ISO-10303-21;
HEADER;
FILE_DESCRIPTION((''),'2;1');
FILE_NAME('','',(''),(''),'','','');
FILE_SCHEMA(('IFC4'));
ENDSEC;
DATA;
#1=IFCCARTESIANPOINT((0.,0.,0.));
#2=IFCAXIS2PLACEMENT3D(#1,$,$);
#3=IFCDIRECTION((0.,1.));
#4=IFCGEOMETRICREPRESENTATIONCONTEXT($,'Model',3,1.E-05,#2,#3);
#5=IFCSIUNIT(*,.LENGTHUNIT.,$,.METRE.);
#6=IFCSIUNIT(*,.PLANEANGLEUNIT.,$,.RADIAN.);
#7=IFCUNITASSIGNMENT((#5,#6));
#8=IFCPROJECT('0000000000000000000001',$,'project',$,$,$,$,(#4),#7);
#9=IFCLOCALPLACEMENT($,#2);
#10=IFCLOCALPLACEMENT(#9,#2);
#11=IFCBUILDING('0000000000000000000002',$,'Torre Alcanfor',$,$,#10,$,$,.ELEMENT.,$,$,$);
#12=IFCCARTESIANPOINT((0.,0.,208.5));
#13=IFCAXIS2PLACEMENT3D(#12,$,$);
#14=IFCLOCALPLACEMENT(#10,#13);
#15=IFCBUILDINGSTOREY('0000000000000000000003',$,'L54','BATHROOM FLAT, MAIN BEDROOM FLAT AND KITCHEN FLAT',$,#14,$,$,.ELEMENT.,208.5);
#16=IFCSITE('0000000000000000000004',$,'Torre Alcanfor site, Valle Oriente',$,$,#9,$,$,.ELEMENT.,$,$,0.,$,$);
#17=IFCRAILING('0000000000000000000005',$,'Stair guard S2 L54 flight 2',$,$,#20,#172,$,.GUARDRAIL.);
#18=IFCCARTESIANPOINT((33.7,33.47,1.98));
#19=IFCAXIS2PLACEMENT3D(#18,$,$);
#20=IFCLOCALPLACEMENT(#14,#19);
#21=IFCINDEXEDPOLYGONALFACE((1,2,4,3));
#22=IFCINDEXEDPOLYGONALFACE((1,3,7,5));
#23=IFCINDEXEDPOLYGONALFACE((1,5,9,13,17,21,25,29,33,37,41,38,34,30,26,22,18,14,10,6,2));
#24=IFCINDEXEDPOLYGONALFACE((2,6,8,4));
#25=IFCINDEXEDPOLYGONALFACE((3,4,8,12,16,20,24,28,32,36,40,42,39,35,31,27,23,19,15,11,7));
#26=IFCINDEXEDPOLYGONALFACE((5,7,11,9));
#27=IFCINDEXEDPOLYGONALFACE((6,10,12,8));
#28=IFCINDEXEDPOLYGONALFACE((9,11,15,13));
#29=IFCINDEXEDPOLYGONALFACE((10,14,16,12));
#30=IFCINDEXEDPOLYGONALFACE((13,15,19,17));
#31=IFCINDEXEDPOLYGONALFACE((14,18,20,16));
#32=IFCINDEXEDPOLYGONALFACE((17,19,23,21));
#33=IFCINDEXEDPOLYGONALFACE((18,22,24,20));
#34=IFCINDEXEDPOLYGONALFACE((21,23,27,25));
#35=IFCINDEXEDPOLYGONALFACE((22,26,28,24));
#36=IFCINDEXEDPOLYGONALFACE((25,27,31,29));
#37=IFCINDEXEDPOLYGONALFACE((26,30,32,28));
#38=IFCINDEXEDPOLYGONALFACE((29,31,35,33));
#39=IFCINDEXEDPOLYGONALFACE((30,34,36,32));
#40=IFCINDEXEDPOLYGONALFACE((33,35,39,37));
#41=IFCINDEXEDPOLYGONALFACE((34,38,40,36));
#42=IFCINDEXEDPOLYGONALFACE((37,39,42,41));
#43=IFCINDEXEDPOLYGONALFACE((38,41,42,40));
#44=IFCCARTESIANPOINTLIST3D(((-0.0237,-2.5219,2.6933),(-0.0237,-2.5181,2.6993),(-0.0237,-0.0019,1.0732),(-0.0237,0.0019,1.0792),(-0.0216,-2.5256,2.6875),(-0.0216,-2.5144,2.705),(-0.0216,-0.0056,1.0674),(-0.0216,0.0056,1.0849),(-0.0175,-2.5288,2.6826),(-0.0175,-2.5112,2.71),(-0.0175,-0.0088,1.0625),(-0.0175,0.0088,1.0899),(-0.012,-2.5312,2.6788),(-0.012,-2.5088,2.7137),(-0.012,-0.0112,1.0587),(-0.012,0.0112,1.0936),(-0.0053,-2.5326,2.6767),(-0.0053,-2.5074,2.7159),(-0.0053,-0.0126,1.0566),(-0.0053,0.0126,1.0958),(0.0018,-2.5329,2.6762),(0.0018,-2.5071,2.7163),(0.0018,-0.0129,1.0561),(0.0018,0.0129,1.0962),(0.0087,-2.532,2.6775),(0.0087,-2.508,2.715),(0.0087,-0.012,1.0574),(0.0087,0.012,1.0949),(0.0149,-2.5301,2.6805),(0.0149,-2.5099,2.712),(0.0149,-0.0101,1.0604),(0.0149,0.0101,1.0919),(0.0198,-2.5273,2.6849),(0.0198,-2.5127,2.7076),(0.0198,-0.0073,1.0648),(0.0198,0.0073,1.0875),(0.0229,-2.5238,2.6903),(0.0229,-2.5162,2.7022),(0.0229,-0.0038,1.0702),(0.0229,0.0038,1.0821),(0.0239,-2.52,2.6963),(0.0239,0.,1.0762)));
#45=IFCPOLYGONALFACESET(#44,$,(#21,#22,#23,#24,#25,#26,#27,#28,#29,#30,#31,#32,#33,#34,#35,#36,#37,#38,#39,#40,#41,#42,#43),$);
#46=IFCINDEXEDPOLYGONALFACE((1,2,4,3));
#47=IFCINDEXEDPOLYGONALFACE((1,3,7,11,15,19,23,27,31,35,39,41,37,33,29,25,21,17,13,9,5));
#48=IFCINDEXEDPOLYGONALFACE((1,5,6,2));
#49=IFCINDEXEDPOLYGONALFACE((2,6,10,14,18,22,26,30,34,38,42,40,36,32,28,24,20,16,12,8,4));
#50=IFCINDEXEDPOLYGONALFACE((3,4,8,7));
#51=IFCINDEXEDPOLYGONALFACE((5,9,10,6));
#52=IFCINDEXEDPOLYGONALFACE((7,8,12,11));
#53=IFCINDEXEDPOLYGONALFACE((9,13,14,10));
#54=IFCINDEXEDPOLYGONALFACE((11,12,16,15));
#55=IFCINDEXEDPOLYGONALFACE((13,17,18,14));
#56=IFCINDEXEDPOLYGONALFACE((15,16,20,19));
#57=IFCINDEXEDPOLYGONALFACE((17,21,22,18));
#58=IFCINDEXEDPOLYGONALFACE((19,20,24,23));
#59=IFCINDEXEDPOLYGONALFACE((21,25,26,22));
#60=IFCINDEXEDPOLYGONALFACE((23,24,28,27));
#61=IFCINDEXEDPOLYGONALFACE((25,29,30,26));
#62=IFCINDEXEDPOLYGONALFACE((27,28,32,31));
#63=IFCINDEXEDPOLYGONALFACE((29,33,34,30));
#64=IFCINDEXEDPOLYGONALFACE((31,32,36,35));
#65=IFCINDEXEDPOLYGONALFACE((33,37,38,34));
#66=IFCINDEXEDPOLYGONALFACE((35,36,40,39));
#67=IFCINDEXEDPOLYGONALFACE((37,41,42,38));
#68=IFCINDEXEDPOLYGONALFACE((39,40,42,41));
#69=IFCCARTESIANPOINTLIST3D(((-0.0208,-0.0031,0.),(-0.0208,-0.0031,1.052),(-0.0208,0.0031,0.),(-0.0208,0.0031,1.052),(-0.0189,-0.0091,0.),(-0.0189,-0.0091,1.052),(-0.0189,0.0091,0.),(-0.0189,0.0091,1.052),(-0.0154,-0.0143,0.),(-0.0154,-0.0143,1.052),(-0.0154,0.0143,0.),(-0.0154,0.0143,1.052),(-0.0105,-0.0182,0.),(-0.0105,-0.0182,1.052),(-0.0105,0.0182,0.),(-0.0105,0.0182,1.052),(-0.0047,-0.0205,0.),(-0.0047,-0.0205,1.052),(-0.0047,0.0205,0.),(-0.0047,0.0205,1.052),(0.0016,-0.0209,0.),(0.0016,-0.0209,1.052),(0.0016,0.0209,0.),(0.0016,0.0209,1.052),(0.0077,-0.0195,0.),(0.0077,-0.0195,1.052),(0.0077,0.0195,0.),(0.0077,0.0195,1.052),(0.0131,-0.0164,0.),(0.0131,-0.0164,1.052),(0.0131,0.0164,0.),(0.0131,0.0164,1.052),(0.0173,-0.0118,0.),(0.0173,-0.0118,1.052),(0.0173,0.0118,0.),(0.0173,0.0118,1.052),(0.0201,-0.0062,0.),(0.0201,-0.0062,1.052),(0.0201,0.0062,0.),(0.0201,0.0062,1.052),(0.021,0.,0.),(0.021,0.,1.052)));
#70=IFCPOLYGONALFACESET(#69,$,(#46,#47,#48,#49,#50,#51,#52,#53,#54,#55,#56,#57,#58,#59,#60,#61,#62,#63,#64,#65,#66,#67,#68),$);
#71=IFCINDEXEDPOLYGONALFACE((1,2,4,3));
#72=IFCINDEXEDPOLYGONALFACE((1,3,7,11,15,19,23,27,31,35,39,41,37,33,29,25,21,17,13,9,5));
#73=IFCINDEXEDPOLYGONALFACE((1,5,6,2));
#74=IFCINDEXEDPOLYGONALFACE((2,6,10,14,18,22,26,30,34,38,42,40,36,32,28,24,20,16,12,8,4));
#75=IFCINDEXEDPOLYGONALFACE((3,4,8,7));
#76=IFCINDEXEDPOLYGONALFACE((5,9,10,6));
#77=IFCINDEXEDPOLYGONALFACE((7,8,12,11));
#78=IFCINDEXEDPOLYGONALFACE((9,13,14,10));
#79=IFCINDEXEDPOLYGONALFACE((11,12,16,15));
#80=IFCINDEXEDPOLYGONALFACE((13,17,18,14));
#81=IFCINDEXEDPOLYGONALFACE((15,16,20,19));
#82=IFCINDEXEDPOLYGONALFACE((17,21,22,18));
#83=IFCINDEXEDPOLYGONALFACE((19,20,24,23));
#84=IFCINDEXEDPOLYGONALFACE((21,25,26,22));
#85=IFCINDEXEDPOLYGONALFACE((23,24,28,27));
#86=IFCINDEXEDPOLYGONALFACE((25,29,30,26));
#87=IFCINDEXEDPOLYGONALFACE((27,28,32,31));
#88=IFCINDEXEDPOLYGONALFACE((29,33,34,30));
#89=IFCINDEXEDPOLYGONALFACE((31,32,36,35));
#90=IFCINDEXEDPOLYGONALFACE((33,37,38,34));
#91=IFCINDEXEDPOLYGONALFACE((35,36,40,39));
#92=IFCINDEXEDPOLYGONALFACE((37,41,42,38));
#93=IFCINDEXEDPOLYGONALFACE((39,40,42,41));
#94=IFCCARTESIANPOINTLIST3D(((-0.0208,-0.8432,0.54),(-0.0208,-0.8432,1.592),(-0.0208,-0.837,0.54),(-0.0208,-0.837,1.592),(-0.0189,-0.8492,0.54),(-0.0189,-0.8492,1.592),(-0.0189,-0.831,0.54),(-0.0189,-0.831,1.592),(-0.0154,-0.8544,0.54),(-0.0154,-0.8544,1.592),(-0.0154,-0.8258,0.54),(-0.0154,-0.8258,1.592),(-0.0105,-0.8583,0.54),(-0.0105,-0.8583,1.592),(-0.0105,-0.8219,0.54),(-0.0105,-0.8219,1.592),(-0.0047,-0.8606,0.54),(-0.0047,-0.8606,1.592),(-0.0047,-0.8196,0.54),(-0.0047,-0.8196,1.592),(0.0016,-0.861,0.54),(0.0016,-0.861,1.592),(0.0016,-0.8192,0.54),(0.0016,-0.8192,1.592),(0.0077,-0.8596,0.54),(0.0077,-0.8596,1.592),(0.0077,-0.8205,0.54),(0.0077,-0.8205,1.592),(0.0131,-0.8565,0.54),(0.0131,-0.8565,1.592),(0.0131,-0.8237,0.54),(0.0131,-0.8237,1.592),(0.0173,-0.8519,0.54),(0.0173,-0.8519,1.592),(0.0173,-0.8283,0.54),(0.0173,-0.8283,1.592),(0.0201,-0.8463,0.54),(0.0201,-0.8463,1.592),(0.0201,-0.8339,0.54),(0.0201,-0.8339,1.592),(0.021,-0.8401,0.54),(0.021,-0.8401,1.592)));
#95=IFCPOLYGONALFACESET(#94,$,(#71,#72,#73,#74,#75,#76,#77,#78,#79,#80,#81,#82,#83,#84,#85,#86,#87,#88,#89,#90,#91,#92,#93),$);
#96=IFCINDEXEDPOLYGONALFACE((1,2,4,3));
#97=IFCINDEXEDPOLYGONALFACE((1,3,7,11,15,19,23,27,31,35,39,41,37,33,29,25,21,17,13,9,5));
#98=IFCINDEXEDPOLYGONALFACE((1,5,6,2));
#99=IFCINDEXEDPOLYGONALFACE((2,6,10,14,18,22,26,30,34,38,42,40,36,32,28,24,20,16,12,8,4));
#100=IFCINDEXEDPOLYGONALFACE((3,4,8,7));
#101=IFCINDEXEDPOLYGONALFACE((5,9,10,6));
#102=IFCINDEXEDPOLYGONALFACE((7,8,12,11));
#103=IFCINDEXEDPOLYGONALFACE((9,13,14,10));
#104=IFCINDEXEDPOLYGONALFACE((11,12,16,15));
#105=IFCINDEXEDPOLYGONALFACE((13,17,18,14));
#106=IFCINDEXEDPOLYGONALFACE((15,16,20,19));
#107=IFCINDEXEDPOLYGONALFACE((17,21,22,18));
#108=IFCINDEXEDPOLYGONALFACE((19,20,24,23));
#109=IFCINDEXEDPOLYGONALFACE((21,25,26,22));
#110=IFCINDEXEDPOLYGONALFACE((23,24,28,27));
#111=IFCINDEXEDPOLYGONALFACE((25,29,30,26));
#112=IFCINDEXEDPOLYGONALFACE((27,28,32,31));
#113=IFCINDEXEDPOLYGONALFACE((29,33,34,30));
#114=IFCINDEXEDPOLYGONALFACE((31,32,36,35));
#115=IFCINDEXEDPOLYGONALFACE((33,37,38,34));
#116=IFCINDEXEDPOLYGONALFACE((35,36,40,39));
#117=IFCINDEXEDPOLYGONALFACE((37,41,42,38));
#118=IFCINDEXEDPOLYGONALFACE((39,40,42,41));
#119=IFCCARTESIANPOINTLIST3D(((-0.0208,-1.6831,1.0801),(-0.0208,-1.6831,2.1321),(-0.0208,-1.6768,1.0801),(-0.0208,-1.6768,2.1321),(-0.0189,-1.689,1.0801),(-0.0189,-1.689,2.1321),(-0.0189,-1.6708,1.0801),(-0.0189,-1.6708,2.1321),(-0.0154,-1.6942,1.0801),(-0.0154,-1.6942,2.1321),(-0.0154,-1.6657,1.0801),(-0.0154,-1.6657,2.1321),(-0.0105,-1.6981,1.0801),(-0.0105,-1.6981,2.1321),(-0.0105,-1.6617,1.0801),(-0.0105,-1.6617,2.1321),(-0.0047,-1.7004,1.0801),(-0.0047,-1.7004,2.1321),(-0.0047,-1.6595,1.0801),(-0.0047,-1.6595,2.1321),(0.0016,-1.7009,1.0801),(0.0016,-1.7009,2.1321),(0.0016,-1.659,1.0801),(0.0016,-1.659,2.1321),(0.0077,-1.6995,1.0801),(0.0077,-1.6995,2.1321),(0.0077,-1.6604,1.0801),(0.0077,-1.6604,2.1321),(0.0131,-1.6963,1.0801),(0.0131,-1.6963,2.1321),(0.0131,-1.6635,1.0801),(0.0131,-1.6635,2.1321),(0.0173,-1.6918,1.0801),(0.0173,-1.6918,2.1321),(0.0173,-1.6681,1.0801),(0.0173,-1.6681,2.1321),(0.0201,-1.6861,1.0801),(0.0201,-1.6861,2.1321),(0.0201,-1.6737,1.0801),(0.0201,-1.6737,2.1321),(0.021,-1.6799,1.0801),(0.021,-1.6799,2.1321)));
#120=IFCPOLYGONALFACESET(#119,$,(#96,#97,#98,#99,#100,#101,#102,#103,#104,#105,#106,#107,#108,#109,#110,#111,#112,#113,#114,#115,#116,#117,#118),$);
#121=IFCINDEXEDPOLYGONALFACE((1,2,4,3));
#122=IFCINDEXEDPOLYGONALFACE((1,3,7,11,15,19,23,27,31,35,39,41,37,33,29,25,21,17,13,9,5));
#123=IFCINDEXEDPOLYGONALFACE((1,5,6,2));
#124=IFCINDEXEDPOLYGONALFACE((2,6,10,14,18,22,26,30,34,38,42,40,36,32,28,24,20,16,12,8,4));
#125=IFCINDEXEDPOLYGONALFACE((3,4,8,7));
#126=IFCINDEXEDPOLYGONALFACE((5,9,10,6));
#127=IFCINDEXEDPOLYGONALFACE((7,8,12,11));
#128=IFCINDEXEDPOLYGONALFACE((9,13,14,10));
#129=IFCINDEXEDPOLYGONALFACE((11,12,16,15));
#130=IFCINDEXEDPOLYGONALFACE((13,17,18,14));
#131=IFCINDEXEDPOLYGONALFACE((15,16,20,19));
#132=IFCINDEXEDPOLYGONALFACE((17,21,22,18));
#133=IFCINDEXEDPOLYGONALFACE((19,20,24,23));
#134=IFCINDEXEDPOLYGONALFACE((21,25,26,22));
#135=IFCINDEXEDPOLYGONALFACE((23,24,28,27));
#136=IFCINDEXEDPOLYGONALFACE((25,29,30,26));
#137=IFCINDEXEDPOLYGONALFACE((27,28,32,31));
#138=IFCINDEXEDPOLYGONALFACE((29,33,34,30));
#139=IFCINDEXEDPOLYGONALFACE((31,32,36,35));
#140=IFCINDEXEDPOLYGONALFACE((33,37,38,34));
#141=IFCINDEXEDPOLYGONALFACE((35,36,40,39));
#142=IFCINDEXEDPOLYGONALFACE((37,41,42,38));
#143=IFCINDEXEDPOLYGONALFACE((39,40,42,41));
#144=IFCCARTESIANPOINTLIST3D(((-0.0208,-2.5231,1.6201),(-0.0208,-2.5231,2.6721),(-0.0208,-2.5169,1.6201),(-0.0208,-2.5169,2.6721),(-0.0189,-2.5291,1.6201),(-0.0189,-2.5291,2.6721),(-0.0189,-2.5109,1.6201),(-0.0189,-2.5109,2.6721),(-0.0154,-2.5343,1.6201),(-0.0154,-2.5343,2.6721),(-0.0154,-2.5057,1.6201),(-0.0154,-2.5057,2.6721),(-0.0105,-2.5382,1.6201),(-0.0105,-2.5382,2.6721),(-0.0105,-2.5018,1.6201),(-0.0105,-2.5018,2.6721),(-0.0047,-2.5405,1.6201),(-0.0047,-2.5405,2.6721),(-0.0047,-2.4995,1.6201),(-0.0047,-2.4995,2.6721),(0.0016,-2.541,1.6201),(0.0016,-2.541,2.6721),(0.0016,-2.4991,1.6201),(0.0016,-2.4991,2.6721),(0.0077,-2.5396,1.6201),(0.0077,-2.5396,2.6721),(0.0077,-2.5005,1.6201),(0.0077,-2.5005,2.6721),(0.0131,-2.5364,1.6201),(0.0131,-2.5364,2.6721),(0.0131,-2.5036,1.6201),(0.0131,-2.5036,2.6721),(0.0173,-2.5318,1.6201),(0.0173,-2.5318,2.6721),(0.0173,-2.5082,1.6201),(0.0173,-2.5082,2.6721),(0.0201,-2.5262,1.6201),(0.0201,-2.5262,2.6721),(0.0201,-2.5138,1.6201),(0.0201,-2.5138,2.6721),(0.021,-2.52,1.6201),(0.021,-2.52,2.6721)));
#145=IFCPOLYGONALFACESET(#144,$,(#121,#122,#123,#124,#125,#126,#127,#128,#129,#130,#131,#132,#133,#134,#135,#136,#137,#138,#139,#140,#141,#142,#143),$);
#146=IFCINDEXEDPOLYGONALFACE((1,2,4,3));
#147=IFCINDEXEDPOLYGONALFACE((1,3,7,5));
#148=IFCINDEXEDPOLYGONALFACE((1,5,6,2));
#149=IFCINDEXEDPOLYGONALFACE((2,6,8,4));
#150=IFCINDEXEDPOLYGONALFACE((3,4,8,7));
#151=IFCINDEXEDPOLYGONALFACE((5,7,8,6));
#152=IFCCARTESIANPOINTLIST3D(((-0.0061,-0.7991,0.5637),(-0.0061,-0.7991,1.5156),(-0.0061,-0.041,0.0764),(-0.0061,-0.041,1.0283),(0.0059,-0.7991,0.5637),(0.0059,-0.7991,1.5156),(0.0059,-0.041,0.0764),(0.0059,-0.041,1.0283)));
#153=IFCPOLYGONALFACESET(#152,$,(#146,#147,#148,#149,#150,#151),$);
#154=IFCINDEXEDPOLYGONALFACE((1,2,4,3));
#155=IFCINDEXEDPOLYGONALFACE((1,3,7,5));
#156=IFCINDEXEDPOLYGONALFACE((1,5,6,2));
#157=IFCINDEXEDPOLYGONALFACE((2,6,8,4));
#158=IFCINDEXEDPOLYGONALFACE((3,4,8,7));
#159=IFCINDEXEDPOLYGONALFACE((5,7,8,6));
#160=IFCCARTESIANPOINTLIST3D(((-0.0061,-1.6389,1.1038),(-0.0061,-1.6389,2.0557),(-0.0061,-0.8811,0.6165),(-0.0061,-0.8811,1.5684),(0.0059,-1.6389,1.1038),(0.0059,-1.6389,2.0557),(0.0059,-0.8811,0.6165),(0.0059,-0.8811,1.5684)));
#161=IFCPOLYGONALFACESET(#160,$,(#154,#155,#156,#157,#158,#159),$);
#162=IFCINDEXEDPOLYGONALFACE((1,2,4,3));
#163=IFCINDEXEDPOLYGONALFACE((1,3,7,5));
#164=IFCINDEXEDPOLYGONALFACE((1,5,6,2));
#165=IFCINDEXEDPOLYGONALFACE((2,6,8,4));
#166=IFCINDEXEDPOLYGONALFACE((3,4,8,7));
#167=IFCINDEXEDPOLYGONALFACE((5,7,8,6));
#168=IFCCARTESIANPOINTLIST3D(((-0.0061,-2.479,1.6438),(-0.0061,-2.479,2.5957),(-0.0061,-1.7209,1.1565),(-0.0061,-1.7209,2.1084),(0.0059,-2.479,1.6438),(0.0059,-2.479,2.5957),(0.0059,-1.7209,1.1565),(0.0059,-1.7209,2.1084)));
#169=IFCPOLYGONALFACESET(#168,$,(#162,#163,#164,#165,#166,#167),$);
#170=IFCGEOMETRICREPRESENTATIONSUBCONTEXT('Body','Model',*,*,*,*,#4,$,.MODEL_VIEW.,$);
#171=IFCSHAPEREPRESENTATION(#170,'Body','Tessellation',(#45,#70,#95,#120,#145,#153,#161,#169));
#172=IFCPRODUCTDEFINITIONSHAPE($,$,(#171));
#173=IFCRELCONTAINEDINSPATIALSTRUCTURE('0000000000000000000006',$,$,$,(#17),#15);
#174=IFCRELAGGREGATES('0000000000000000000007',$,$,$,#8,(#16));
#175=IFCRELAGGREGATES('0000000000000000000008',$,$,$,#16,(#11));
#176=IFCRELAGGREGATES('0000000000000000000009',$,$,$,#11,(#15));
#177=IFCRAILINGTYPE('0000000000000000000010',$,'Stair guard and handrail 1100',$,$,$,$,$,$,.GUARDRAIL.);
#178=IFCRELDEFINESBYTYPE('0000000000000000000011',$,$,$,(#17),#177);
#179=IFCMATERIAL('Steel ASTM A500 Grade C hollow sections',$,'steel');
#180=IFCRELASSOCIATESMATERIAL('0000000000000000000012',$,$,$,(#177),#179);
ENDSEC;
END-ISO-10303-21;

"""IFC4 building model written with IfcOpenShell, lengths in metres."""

from ifc_helpers import new_model, si_unit, direction, frame, origin, origin_2d, place, context, subcontext, project, spatial, polyline, circle, outline, extrude, material, type_object, element, save


model = new_model("IFC4")

# Units and contexts
model_context = context("Model", 3, precision=1e-05, world=origin(), true_north=direction((0.0, 1.0)))
body_context = subcontext(model_context, "Body", "Model", "MODEL_VIEW")
ifc_project = project(units=[si_unit("LENGTHUNIT", "METRE"), si_unit("PLANEANGLEUNIT", "RADIAN")], contexts=[model_context])

# Site, building, storey
site_placement = place(None, origin())
site = spatial("IfcSite", under=ifc_project, at=site_placement, Name="Torre Alcanfor site, Valle Oriente", CompositionType="ELEMENT", RefElevation=0.0)
building_placement = place(site_placement, origin())
building = spatial("IfcBuilding", under=site, at=building_placement, Name="Torre Alcanfor", CompositionType="ELEMENT")
storey_placement = place(building_placement, frame((0.0, 0.0, 208.5)))
storey = spatial("IfcBuildingStorey", under=building, at=storey_placement, Name="L54", Description="BATHROOM FLAT, MAIN BEDROOM FLAT AND KITCHEN FLAT", CompositionType="ELEMENT", Elevation=208.5)

# Railing
ifc_material_1 = material(Name="Steel ASTM A500 Grade C hollow sections", Category="steel")
railing_type_1 = type_object("IfcRailingType", Name="Stair guard and handrail 1100", PredefinedType="GUARDRAIL", material=ifc_material_1)
railing_1_placement = place(storey_placement, frame((33.7, 33.47, 1.98)))
element("IfcRailing", 1, at=railing_1_placement, inside=storey, type_object=railing_type_1, Name="Stair guard S2 L54 flight 2", PredefinedType="GUARDRAIL", context=body_context, shape_type="SweptSolid", body=[
    extrude(circle(Radius=0.0239, at=origin_2d()), frame((0.0, 0.0, 1.0762), z_axis=(0.0, -0.841163, 0.540782), x_axis=(1.0, 0.0, 0.0)), (0.0, 0.0, 1.0), 2.9958),
    extrude(circle(Radius=0.021, at=origin_2d()), origin(), (0.0, 0.0, 1.0), 1.052),
    extrude(circle(Radius=0.021, at=origin_2d()), frame((0.0, -0.8401, 0.54)), (0.0, 0.0, 1.0), 1.052),
    extrude(circle(Radius=0.021, at=origin_2d()), frame((0.0, -1.6799, 1.0801)), (0.0, 0.0, 1.0), 1.052),
    extrude(circle(Radius=0.021, at=origin_2d()), frame((0.0, -2.52, 1.6201)), (0.0, 0.0, 1.0), 1.052),
    extrude(outline(polyline([(0.041, 0.0764), (0.7991, 0.5637), (0.7991, 1.5156), (0.041, 1.0283), (0.041, 0.0764)])), frame((0.0059, 0.0, 0.0), z_axis=(-1.0, 0.0, 0.0), x_axis=(0.0, -1.0, 0.0)), (0.0, 0.0, 1.0), 0.012),
    extrude(outline(polyline([(0.8811, 0.6165), (1.6389, 1.1038), (1.6389, 2.0557), (0.8811, 1.5684), (0.8811, 0.6165)])), frame((0.0059, 0.0, 0.0), z_axis=(-1.0, 0.0, 0.0), x_axis=(0.0, -1.0, 0.0)), (0.0, 0.0, 1.0), 0.012),
    extrude(outline(polyline([(1.7209, 1.1565), (2.479, 1.6438), (2.479, 2.5957), (1.7209, 2.1084), (1.7209, 1.1565)])), frame((0.0059, 0.0, 0.0), z_axis=(-1.0, 0.0, 0.0), x_axis=(0.0, -1.0, 0.0)), (0.0, 0.0, 1.0), 0.012),
])

save(model, "model.ifc")
